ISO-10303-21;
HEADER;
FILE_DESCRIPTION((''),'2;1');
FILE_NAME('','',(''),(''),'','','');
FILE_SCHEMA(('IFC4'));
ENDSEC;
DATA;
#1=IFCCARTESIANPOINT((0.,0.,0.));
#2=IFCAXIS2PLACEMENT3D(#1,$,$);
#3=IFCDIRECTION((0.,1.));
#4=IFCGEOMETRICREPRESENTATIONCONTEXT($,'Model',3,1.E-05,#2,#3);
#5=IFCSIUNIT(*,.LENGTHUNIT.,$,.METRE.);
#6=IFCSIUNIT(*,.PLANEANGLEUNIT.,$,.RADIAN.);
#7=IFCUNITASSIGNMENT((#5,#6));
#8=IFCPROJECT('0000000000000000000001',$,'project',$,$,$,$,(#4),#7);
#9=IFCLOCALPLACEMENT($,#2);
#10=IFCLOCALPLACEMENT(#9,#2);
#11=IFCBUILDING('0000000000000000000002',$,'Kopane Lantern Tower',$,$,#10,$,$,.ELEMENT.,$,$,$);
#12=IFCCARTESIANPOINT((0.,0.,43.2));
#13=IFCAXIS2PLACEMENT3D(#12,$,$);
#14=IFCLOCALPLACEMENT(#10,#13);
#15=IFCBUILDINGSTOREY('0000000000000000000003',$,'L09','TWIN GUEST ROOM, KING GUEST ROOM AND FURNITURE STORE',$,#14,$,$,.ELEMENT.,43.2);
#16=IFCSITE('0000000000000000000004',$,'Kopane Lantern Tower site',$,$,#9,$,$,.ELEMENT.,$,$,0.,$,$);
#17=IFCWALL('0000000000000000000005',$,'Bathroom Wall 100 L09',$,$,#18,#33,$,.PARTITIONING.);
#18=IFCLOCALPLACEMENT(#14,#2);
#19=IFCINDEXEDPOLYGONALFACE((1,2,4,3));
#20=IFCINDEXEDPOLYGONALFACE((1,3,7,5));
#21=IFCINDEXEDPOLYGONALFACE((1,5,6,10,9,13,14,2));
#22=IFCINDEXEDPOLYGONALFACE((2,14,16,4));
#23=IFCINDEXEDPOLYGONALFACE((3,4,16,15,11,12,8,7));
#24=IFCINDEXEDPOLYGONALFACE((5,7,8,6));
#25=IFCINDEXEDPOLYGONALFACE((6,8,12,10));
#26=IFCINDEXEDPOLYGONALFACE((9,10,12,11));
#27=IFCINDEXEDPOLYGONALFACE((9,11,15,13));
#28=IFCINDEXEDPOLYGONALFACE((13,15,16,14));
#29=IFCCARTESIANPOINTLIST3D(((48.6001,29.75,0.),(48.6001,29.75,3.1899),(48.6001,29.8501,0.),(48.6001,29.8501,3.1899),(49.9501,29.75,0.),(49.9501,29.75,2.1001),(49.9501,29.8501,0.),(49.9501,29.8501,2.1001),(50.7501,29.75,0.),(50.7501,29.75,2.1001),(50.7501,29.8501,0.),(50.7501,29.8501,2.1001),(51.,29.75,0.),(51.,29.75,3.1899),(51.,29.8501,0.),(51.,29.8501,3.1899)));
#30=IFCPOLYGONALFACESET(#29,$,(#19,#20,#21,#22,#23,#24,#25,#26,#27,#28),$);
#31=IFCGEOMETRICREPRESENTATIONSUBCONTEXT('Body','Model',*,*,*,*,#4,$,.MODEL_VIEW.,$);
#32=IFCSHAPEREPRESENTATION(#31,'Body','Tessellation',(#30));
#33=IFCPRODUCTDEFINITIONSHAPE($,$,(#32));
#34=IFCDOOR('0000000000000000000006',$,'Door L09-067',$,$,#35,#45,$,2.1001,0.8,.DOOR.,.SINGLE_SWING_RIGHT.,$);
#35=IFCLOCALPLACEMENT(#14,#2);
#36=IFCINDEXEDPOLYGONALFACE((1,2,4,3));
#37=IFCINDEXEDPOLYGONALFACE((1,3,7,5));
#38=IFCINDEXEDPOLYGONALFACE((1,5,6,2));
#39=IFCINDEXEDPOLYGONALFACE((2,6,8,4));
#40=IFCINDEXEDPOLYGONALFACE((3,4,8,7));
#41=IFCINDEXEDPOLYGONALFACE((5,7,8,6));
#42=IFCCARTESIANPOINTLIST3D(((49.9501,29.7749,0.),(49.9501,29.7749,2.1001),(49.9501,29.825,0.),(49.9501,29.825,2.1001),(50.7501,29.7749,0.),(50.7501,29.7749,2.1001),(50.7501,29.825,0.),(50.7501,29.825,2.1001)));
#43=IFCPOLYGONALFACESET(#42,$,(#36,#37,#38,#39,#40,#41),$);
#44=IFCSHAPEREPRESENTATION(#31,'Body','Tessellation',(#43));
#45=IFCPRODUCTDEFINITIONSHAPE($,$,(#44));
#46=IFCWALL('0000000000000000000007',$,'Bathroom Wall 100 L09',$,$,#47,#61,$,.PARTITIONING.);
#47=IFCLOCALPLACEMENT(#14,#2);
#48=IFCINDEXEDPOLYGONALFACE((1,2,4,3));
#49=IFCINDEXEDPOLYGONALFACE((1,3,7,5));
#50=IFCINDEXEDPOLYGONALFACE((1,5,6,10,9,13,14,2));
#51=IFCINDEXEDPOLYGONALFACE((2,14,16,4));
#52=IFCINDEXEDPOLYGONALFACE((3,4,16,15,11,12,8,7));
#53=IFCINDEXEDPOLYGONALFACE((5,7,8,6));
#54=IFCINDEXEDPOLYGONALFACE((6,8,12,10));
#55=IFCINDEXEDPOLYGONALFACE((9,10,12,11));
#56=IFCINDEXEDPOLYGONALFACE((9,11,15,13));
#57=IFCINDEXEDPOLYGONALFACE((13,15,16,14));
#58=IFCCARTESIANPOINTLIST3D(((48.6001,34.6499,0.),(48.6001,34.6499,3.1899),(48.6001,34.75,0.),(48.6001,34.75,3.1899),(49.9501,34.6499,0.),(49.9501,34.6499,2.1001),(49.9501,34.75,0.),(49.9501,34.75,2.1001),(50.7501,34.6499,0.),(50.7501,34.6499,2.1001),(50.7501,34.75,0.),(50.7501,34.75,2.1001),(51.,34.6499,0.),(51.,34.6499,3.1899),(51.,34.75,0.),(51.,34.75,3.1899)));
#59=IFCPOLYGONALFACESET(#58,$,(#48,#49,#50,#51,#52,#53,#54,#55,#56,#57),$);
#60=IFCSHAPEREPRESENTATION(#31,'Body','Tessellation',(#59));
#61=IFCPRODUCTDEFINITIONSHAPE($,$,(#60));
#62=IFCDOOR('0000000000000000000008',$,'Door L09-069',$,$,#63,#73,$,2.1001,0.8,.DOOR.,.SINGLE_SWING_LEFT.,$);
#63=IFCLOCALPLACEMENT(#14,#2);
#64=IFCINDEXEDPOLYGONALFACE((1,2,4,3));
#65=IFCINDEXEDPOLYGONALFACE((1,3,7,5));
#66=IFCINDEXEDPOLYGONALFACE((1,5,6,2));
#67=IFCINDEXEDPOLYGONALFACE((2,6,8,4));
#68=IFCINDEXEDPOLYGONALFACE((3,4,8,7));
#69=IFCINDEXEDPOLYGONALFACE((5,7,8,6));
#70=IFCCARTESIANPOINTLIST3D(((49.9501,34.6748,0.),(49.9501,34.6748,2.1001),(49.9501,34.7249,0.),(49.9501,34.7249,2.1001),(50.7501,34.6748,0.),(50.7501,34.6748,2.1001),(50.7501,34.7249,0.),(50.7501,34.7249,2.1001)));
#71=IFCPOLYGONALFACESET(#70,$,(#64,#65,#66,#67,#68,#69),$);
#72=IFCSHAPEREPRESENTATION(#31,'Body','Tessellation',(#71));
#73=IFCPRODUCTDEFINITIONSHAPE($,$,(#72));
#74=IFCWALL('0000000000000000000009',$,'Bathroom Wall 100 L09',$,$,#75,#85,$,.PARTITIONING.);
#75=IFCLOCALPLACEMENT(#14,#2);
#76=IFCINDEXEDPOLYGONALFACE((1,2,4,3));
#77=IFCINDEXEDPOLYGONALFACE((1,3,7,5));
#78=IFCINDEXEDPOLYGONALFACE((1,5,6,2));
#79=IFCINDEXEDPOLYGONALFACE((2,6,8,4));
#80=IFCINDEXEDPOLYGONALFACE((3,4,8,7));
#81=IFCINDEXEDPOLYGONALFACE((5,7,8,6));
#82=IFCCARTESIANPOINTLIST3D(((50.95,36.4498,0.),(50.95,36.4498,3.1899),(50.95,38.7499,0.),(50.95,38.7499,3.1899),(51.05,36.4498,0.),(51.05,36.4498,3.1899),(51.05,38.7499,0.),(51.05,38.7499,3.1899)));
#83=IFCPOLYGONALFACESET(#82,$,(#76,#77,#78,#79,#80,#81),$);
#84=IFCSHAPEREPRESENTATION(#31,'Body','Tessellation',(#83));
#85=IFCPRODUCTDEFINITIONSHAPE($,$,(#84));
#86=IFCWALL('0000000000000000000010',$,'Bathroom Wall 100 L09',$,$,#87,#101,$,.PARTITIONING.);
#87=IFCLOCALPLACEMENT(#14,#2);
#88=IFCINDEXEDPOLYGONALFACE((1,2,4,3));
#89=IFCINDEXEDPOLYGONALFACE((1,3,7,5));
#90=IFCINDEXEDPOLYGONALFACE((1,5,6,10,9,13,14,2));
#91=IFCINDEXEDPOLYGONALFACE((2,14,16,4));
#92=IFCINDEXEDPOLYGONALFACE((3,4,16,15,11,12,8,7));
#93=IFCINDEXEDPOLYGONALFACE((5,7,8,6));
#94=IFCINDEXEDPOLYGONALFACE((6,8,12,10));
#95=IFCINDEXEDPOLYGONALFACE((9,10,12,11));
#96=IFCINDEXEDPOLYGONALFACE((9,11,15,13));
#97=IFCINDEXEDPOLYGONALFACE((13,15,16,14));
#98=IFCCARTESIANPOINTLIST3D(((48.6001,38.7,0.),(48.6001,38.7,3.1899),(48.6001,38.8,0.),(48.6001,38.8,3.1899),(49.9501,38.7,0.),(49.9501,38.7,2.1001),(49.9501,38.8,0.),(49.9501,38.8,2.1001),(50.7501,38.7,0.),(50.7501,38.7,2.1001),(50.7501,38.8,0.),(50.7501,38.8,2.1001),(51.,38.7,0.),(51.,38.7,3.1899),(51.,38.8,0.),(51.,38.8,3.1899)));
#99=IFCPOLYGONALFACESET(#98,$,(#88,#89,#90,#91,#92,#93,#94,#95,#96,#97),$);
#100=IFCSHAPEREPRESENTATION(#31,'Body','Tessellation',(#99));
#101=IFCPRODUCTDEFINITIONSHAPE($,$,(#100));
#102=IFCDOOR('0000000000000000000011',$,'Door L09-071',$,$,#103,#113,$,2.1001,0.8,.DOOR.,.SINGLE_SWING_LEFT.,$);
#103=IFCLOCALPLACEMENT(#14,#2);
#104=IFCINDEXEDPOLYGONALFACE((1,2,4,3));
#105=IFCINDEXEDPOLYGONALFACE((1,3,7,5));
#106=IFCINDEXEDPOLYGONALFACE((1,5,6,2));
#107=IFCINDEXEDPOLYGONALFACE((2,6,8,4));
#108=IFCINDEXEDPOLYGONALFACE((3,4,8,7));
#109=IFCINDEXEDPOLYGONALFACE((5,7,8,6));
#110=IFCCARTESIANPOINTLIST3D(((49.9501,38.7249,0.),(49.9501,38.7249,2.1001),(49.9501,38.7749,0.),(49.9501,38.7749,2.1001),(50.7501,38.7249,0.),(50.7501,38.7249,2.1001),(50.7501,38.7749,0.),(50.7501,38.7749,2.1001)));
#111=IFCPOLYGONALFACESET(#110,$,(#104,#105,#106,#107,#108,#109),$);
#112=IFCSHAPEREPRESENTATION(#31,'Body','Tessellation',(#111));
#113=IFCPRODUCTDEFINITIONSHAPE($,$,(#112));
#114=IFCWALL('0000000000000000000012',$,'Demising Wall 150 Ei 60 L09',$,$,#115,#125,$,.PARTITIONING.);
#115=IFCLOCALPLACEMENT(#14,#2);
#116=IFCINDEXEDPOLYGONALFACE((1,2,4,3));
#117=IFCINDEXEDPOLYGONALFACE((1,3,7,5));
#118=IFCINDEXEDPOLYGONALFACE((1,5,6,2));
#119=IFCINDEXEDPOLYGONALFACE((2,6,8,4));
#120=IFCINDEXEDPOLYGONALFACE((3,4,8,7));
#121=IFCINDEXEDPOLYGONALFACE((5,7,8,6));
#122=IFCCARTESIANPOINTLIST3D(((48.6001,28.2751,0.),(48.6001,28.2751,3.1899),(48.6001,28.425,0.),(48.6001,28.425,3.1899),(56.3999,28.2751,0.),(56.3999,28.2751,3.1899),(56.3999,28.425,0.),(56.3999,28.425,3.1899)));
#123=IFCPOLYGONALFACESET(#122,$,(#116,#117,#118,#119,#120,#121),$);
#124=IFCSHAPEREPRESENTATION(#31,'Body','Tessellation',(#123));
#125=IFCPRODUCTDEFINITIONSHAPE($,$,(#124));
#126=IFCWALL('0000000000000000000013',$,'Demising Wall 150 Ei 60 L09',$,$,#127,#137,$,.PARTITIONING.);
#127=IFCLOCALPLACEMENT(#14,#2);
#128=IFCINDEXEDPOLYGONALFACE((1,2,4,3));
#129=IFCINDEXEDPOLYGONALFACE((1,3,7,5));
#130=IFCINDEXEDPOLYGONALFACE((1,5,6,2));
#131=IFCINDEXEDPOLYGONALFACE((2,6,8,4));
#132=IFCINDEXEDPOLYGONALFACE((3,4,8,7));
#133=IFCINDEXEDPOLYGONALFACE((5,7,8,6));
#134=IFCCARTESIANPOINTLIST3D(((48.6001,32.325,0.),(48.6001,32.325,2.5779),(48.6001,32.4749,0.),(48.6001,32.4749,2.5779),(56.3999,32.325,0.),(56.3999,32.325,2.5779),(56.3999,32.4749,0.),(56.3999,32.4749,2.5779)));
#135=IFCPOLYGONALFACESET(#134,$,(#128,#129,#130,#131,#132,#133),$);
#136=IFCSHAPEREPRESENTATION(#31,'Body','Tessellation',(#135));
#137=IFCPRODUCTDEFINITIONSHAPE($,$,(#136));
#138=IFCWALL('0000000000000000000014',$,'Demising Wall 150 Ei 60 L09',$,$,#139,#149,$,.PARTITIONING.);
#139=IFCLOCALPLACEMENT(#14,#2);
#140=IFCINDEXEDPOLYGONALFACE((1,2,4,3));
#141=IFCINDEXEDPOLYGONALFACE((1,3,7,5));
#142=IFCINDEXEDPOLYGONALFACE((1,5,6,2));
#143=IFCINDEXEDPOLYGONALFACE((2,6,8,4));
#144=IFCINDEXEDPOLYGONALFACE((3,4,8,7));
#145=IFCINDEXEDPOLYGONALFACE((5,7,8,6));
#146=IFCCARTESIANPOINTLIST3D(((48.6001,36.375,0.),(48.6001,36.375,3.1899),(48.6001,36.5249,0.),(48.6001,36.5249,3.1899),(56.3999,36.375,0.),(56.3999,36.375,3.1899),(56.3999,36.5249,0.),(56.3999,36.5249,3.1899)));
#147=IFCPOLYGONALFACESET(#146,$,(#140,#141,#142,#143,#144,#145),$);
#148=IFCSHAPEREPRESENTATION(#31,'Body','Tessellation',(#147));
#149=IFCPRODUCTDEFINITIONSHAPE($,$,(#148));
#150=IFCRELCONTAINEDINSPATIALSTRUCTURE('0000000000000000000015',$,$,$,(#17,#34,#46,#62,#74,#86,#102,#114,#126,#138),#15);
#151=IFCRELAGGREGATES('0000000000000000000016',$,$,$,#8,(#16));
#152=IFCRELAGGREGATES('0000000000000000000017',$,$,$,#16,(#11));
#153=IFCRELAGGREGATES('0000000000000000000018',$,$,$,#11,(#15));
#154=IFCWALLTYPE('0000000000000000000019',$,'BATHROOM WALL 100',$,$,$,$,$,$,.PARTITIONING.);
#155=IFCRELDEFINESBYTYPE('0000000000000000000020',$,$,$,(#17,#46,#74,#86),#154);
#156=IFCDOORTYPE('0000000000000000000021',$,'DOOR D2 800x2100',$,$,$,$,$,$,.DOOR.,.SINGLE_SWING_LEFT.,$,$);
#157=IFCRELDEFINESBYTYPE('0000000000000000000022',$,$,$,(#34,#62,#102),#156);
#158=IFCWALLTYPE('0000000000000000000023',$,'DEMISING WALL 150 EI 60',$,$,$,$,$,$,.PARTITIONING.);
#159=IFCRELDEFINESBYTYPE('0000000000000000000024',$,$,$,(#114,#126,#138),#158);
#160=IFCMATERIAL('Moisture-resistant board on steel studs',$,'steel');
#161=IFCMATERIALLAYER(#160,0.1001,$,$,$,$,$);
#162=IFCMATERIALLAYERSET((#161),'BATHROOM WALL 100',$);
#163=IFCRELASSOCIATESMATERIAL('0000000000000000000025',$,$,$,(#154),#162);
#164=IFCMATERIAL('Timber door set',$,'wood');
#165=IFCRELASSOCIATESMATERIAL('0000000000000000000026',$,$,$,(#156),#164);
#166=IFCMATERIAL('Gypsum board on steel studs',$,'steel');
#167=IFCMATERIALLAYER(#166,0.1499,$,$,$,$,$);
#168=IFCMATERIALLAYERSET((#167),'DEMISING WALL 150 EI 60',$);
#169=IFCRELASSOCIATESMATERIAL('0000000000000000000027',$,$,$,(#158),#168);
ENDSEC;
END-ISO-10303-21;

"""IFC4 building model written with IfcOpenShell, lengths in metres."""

from ifc_helpers import new_model, si_unit, direction, frame, frame_2d, origin, place, context, subcontext, project, spatial, rectangle, extrude, material, layer, layer_set, type_object, element, fill, save


model = new_model("IFC4")

# Units and contexts
model_context = context("Model", 3, precision=1e-05, world=origin(), true_north=direction((0.0, 1.0)))
body_context = subcontext(model_context, "Body", "Model", "MODEL_VIEW")
ifc_project = project(units=[si_unit("LENGTHUNIT", "METRE"), si_unit("PLANEANGLEUNIT", "RADIAN")], contexts=[model_context])

# Site, building, storey
site_placement = place(None, origin())
site = spatial("IfcSite", under=ifc_project, at=site_placement, Name="Kopane Lantern Tower site", CompositionType="ELEMENT", RefElevation=0.0)
building_placement = place(site_placement, origin())
building = spatial("IfcBuilding", under=site, at=building_placement, Name="Kopane Lantern Tower", CompositionType="ELEMENT")
storey_placement = place(building_placement, frame((0.0, 0.0, 43.2)))
storey = spatial("IfcBuildingStorey", under=building, at=storey_placement, Name="L09", Description="TWIN GUEST ROOM, KING GUEST ROOM AND FURNITURE STORE", CompositionType="ELEMENT", Elevation=43.2)

# Shared definitions
ifc_material_1 = material(Name="Moisture-resistant board on steel studs", Category="steel")
ifc_layer_1 = layer(ifc_material_1, 0.1001)
ifc_layer_set_1 = layer_set([ifc_layer_1], Name="BATHROOM WALL 100")
wall_type_1 = type_object("IfcWallType", Name="BATHROOM WALL 100", PredefinedType="PARTITIONING", material=ifc_layer_set_1)
ifc_material_2 = material(Name="Timber door set", Category="wood")
door_type = type_object("IfcDoorType", Name="DOOR D2 800x2100", OperationType="SINGLE_SWING_LEFT", PredefinedType="DOOR", material=ifc_material_2)

# Walls, openings, doors
wall_1_placement = place(storey_placement, frame((48.6001, 29.8, 0.0), z_axis=(0.0, 0.0, 1.0), x_axis=(1.0, 0.0, 0.0)))
wall_1 = element("IfcWall", 1, at=wall_1_placement, inside=storey, type_object=wall_type_1, Name="Bathroom Wall 100 L09", PredefinedType="PARTITIONING", context=body_context, shape_type="SweptSolid", body=[
    extrude(rectangle(XDim=2.3999, YDim=0.1001, at=frame_2d((1.2, 0.0))), origin(), (0.0, 0.0, 1.0), 3.1899),
])
opening_1_placement = place(wall_1_placement, frame((1.3501, 0.0, 0.0)))
opening_1 = element("IfcOpeningElement", 2, at=opening_1_placement, cuts=wall_1, PredefinedType="OPENING", context=body_context, shape_type="SweptSolid", body=[
    extrude(rectangle(XDim=0.8, YDim=2.1001, at=frame_2d((0.3999, 1.05))), frame((0.0, 0.0601, 0.0), z_axis=(0.0, -1.0, 0.0), x_axis=(1.0, 0.0, 0.0)), (0.0, 0.0, 1.0), 0.1201),
])
door_1_placement = place(opening_1_placement, origin())
door_1 = element("IfcDoor", 3, at=door_1_placement, inside=storey, type_object=door_type, Name="Door L09-067", OperationType="SINGLE_SWING_RIGHT", OverallHeight=2.1001, OverallWidth=0.8, PredefinedType="DOOR", context=body_context, shape_type="SweptSolid", body=[
    extrude(rectangle(XDim=0.8, YDim=2.1001, at=frame_2d((0.3999, 1.05))), frame((0.0, 0.0249, 0.0), z_axis=(0.0, -1.0, 0.0), x_axis=(1.0, 0.0, 0.0)), (0.0, 0.0, 1.0), 0.05),
])
fill(opening_1, door_1)
wall_2_placement = place(storey_placement, frame((48.6001, 34.7, 0.0), z_axis=(0.0, 0.0, 1.0), x_axis=(1.0, 0.0, 0.0)))
wall_2 = element("IfcWall", 4, at=wall_2_placement, inside=storey, type_object=wall_type_1, Name="Bathroom Wall 100 L09", PredefinedType="PARTITIONING", context=body_context, shape_type="SweptSolid", body=[
    extrude(rectangle(XDim=2.3999, YDim=0.1001, at=frame_2d((1.2, 0.0))), origin(), (0.0, 0.0, 1.0), 3.1899),
])
opening_2_placement = place(wall_2_placement, frame((1.3501, 0.0, 0.0)))
opening_2 = element("IfcOpeningElement", 5, at=opening_2_placement, cuts=wall_2, PredefinedType="OPENING", context=body_context, shape_type="SweptSolid", body=[
    extrude(rectangle(XDim=0.8, YDim=2.1001, at=frame_2d((0.3999, 1.05))), frame((0.0, 0.0601, 0.0), z_axis=(0.0, -1.0, 0.0), x_axis=(1.0, 0.0, 0.0)), (0.0, 0.0, 1.0), 0.1201),
])
door_2_placement = place(opening_2_placement, origin())
door_2 = element("IfcDoor", 6, at=door_2_placement, inside=storey, type_object=door_type, Name="Door L09-069", OperationType="SINGLE_SWING_LEFT", OverallHeight=2.1001, OverallWidth=0.8, PredefinedType="DOOR", context=body_context, shape_type="SweptSolid", body=[
    extrude(rectangle(XDim=0.8, YDim=2.1001, at=frame_2d((0.3999, 1.05))), frame((0.0, 0.0249, 0.0), z_axis=(0.0, -1.0, 0.0), x_axis=(1.0, 0.0, 0.0)), (0.0, 0.0, 1.0), 0.05),
])
fill(opening_2, door_2)

# Wall
wall_3_placement = place(storey_placement, frame((51.0, 36.45, 0.0), z_axis=(0.0, 0.0, 1.0), x_axis=(0.0, 1.0, 0.0)))
element("IfcWall", 7, at=wall_3_placement, inside=storey, type_object=wall_type_1, Name="Bathroom Wall 100 L09", PredefinedType="PARTITIONING", context=body_context, shape_type="SweptSolid", body=[
    extrude(rectangle(XDim=2.3, YDim=0.1001, at=frame_2d((1.1499, 0.0))), origin(), (0.0, 0.0, 1.0), 3.1899),
])

# Wall, opening, door
wall_4_placement = place(storey_placement, frame((48.6001, 38.75, 0.0), z_axis=(0.0, 0.0, 1.0), x_axis=(1.0, 0.0, 0.0)))
wall_4 = element("IfcWall", 8, at=wall_4_placement, inside=storey, type_object=wall_type_1, Name="Bathroom Wall 100 L09", PredefinedType="PARTITIONING", context=body_context, shape_type="SweptSolid", body=[
    extrude(rectangle(XDim=2.3999, YDim=0.1001, at=frame_2d((1.2, 0.0))), origin(), (0.0, 0.0, 1.0), 3.1899),
])
opening_3_placement = place(wall_4_placement, frame((1.3501, 0.0, 0.0)))
opening_3 = element("IfcOpeningElement", 9, at=opening_3_placement, cuts=wall_4, PredefinedType="OPENING", context=body_context, shape_type="SweptSolid", body=[
    extrude(rectangle(XDim=0.8, YDim=2.1001, at=frame_2d((0.3999, 1.05))), frame((0.0, 0.0601, 0.0), z_axis=(0.0, -1.0, 0.0), x_axis=(1.0, 0.0, 0.0)), (0.0, 0.0, 1.0), 0.1201),
])
door_3_placement = place(opening_3_placement, origin())
door_3 = element("IfcDoor", 10, at=door_3_placement, inside=storey, type_object=door_type, Name="Door L09-071", OperationType="SINGLE_SWING_LEFT", OverallHeight=2.1001, OverallWidth=0.8, PredefinedType="DOOR", context=body_context, shape_type="SweptSolid", body=[
    extrude(rectangle(XDim=0.8, YDim=2.1001, at=frame_2d((0.3999, 1.05))), frame((0.0, 0.0249, 0.0), z_axis=(0.0, -1.0, 0.0), x_axis=(1.0, 0.0, 0.0)), (0.0, 0.0, 1.0), 0.05),
])
fill(opening_3, door_3)

# Walls
ifc_material_3 = material(Name="Gypsum board on steel studs", Category="steel")
ifc_layer_2 = layer(ifc_material_3, 0.1499)
ifc_layer_set_2 = layer_set([ifc_layer_2], Name="DEMISING WALL 150 EI 60")
wall_type_2 = type_object("IfcWallType", Name="DEMISING WALL 150 EI 60", PredefinedType="PARTITIONING", material=ifc_layer_set_2)
wall_5_placement = place(storey_placement, frame((48.6001, 28.3501, 0.0), z_axis=(0.0, 0.0, 1.0), x_axis=(1.0, 0.0, 0.0)))
element("IfcWall", 11, at=wall_5_placement, inside=storey, type_object=wall_type_2, Name="Demising Wall 150 Ei 60 L09", PredefinedType="PARTITIONING", context=body_context, shape_type="SweptSolid", body=[
    extrude(rectangle(XDim=7.7998, YDim=0.1499, at=frame_2d((3.8999, 0.0))), origin(), (0.0, 0.0, 1.0), 3.1899),
])
wall_6_placement = place(storey_placement, frame((48.6001, 32.3999, 0.0), z_axis=(0.0, 0.0, 1.0), x_axis=(1.0, 0.0, 0.0)))
element("IfcWall", 12, at=wall_6_placement, inside=storey, type_object=wall_type_2, Name="Demising Wall 150 Ei 60 L09", PredefinedType="PARTITIONING", context=body_context, shape_type="SweptSolid", body=[
    extrude(rectangle(XDim=7.7998, YDim=0.1499, at=frame_2d((3.8999, 0.0))), origin(), (0.0, 0.0, 1.0), 2.5779),
])
wall_7_placement = place(storey_placement, frame((48.6001, 36.45, 0.0), z_axis=(0.0, 0.0, 1.0), x_axis=(1.0, 0.0, 0.0)))
element("IfcWall", 13, at=wall_7_placement, inside=storey, type_object=wall_type_2, Name="Demising Wall 150 Ei 60 L09", PredefinedType="PARTITIONING", context=body_context, shape_type="SweptSolid", body=[
    extrude(rectangle(XDim=7.7998, YDim=0.1499, at=frame_2d((3.8999, 0.0))), origin(), (0.0, 0.0, 1.0), 3.1899),
])

save(model, "model.ifc")
